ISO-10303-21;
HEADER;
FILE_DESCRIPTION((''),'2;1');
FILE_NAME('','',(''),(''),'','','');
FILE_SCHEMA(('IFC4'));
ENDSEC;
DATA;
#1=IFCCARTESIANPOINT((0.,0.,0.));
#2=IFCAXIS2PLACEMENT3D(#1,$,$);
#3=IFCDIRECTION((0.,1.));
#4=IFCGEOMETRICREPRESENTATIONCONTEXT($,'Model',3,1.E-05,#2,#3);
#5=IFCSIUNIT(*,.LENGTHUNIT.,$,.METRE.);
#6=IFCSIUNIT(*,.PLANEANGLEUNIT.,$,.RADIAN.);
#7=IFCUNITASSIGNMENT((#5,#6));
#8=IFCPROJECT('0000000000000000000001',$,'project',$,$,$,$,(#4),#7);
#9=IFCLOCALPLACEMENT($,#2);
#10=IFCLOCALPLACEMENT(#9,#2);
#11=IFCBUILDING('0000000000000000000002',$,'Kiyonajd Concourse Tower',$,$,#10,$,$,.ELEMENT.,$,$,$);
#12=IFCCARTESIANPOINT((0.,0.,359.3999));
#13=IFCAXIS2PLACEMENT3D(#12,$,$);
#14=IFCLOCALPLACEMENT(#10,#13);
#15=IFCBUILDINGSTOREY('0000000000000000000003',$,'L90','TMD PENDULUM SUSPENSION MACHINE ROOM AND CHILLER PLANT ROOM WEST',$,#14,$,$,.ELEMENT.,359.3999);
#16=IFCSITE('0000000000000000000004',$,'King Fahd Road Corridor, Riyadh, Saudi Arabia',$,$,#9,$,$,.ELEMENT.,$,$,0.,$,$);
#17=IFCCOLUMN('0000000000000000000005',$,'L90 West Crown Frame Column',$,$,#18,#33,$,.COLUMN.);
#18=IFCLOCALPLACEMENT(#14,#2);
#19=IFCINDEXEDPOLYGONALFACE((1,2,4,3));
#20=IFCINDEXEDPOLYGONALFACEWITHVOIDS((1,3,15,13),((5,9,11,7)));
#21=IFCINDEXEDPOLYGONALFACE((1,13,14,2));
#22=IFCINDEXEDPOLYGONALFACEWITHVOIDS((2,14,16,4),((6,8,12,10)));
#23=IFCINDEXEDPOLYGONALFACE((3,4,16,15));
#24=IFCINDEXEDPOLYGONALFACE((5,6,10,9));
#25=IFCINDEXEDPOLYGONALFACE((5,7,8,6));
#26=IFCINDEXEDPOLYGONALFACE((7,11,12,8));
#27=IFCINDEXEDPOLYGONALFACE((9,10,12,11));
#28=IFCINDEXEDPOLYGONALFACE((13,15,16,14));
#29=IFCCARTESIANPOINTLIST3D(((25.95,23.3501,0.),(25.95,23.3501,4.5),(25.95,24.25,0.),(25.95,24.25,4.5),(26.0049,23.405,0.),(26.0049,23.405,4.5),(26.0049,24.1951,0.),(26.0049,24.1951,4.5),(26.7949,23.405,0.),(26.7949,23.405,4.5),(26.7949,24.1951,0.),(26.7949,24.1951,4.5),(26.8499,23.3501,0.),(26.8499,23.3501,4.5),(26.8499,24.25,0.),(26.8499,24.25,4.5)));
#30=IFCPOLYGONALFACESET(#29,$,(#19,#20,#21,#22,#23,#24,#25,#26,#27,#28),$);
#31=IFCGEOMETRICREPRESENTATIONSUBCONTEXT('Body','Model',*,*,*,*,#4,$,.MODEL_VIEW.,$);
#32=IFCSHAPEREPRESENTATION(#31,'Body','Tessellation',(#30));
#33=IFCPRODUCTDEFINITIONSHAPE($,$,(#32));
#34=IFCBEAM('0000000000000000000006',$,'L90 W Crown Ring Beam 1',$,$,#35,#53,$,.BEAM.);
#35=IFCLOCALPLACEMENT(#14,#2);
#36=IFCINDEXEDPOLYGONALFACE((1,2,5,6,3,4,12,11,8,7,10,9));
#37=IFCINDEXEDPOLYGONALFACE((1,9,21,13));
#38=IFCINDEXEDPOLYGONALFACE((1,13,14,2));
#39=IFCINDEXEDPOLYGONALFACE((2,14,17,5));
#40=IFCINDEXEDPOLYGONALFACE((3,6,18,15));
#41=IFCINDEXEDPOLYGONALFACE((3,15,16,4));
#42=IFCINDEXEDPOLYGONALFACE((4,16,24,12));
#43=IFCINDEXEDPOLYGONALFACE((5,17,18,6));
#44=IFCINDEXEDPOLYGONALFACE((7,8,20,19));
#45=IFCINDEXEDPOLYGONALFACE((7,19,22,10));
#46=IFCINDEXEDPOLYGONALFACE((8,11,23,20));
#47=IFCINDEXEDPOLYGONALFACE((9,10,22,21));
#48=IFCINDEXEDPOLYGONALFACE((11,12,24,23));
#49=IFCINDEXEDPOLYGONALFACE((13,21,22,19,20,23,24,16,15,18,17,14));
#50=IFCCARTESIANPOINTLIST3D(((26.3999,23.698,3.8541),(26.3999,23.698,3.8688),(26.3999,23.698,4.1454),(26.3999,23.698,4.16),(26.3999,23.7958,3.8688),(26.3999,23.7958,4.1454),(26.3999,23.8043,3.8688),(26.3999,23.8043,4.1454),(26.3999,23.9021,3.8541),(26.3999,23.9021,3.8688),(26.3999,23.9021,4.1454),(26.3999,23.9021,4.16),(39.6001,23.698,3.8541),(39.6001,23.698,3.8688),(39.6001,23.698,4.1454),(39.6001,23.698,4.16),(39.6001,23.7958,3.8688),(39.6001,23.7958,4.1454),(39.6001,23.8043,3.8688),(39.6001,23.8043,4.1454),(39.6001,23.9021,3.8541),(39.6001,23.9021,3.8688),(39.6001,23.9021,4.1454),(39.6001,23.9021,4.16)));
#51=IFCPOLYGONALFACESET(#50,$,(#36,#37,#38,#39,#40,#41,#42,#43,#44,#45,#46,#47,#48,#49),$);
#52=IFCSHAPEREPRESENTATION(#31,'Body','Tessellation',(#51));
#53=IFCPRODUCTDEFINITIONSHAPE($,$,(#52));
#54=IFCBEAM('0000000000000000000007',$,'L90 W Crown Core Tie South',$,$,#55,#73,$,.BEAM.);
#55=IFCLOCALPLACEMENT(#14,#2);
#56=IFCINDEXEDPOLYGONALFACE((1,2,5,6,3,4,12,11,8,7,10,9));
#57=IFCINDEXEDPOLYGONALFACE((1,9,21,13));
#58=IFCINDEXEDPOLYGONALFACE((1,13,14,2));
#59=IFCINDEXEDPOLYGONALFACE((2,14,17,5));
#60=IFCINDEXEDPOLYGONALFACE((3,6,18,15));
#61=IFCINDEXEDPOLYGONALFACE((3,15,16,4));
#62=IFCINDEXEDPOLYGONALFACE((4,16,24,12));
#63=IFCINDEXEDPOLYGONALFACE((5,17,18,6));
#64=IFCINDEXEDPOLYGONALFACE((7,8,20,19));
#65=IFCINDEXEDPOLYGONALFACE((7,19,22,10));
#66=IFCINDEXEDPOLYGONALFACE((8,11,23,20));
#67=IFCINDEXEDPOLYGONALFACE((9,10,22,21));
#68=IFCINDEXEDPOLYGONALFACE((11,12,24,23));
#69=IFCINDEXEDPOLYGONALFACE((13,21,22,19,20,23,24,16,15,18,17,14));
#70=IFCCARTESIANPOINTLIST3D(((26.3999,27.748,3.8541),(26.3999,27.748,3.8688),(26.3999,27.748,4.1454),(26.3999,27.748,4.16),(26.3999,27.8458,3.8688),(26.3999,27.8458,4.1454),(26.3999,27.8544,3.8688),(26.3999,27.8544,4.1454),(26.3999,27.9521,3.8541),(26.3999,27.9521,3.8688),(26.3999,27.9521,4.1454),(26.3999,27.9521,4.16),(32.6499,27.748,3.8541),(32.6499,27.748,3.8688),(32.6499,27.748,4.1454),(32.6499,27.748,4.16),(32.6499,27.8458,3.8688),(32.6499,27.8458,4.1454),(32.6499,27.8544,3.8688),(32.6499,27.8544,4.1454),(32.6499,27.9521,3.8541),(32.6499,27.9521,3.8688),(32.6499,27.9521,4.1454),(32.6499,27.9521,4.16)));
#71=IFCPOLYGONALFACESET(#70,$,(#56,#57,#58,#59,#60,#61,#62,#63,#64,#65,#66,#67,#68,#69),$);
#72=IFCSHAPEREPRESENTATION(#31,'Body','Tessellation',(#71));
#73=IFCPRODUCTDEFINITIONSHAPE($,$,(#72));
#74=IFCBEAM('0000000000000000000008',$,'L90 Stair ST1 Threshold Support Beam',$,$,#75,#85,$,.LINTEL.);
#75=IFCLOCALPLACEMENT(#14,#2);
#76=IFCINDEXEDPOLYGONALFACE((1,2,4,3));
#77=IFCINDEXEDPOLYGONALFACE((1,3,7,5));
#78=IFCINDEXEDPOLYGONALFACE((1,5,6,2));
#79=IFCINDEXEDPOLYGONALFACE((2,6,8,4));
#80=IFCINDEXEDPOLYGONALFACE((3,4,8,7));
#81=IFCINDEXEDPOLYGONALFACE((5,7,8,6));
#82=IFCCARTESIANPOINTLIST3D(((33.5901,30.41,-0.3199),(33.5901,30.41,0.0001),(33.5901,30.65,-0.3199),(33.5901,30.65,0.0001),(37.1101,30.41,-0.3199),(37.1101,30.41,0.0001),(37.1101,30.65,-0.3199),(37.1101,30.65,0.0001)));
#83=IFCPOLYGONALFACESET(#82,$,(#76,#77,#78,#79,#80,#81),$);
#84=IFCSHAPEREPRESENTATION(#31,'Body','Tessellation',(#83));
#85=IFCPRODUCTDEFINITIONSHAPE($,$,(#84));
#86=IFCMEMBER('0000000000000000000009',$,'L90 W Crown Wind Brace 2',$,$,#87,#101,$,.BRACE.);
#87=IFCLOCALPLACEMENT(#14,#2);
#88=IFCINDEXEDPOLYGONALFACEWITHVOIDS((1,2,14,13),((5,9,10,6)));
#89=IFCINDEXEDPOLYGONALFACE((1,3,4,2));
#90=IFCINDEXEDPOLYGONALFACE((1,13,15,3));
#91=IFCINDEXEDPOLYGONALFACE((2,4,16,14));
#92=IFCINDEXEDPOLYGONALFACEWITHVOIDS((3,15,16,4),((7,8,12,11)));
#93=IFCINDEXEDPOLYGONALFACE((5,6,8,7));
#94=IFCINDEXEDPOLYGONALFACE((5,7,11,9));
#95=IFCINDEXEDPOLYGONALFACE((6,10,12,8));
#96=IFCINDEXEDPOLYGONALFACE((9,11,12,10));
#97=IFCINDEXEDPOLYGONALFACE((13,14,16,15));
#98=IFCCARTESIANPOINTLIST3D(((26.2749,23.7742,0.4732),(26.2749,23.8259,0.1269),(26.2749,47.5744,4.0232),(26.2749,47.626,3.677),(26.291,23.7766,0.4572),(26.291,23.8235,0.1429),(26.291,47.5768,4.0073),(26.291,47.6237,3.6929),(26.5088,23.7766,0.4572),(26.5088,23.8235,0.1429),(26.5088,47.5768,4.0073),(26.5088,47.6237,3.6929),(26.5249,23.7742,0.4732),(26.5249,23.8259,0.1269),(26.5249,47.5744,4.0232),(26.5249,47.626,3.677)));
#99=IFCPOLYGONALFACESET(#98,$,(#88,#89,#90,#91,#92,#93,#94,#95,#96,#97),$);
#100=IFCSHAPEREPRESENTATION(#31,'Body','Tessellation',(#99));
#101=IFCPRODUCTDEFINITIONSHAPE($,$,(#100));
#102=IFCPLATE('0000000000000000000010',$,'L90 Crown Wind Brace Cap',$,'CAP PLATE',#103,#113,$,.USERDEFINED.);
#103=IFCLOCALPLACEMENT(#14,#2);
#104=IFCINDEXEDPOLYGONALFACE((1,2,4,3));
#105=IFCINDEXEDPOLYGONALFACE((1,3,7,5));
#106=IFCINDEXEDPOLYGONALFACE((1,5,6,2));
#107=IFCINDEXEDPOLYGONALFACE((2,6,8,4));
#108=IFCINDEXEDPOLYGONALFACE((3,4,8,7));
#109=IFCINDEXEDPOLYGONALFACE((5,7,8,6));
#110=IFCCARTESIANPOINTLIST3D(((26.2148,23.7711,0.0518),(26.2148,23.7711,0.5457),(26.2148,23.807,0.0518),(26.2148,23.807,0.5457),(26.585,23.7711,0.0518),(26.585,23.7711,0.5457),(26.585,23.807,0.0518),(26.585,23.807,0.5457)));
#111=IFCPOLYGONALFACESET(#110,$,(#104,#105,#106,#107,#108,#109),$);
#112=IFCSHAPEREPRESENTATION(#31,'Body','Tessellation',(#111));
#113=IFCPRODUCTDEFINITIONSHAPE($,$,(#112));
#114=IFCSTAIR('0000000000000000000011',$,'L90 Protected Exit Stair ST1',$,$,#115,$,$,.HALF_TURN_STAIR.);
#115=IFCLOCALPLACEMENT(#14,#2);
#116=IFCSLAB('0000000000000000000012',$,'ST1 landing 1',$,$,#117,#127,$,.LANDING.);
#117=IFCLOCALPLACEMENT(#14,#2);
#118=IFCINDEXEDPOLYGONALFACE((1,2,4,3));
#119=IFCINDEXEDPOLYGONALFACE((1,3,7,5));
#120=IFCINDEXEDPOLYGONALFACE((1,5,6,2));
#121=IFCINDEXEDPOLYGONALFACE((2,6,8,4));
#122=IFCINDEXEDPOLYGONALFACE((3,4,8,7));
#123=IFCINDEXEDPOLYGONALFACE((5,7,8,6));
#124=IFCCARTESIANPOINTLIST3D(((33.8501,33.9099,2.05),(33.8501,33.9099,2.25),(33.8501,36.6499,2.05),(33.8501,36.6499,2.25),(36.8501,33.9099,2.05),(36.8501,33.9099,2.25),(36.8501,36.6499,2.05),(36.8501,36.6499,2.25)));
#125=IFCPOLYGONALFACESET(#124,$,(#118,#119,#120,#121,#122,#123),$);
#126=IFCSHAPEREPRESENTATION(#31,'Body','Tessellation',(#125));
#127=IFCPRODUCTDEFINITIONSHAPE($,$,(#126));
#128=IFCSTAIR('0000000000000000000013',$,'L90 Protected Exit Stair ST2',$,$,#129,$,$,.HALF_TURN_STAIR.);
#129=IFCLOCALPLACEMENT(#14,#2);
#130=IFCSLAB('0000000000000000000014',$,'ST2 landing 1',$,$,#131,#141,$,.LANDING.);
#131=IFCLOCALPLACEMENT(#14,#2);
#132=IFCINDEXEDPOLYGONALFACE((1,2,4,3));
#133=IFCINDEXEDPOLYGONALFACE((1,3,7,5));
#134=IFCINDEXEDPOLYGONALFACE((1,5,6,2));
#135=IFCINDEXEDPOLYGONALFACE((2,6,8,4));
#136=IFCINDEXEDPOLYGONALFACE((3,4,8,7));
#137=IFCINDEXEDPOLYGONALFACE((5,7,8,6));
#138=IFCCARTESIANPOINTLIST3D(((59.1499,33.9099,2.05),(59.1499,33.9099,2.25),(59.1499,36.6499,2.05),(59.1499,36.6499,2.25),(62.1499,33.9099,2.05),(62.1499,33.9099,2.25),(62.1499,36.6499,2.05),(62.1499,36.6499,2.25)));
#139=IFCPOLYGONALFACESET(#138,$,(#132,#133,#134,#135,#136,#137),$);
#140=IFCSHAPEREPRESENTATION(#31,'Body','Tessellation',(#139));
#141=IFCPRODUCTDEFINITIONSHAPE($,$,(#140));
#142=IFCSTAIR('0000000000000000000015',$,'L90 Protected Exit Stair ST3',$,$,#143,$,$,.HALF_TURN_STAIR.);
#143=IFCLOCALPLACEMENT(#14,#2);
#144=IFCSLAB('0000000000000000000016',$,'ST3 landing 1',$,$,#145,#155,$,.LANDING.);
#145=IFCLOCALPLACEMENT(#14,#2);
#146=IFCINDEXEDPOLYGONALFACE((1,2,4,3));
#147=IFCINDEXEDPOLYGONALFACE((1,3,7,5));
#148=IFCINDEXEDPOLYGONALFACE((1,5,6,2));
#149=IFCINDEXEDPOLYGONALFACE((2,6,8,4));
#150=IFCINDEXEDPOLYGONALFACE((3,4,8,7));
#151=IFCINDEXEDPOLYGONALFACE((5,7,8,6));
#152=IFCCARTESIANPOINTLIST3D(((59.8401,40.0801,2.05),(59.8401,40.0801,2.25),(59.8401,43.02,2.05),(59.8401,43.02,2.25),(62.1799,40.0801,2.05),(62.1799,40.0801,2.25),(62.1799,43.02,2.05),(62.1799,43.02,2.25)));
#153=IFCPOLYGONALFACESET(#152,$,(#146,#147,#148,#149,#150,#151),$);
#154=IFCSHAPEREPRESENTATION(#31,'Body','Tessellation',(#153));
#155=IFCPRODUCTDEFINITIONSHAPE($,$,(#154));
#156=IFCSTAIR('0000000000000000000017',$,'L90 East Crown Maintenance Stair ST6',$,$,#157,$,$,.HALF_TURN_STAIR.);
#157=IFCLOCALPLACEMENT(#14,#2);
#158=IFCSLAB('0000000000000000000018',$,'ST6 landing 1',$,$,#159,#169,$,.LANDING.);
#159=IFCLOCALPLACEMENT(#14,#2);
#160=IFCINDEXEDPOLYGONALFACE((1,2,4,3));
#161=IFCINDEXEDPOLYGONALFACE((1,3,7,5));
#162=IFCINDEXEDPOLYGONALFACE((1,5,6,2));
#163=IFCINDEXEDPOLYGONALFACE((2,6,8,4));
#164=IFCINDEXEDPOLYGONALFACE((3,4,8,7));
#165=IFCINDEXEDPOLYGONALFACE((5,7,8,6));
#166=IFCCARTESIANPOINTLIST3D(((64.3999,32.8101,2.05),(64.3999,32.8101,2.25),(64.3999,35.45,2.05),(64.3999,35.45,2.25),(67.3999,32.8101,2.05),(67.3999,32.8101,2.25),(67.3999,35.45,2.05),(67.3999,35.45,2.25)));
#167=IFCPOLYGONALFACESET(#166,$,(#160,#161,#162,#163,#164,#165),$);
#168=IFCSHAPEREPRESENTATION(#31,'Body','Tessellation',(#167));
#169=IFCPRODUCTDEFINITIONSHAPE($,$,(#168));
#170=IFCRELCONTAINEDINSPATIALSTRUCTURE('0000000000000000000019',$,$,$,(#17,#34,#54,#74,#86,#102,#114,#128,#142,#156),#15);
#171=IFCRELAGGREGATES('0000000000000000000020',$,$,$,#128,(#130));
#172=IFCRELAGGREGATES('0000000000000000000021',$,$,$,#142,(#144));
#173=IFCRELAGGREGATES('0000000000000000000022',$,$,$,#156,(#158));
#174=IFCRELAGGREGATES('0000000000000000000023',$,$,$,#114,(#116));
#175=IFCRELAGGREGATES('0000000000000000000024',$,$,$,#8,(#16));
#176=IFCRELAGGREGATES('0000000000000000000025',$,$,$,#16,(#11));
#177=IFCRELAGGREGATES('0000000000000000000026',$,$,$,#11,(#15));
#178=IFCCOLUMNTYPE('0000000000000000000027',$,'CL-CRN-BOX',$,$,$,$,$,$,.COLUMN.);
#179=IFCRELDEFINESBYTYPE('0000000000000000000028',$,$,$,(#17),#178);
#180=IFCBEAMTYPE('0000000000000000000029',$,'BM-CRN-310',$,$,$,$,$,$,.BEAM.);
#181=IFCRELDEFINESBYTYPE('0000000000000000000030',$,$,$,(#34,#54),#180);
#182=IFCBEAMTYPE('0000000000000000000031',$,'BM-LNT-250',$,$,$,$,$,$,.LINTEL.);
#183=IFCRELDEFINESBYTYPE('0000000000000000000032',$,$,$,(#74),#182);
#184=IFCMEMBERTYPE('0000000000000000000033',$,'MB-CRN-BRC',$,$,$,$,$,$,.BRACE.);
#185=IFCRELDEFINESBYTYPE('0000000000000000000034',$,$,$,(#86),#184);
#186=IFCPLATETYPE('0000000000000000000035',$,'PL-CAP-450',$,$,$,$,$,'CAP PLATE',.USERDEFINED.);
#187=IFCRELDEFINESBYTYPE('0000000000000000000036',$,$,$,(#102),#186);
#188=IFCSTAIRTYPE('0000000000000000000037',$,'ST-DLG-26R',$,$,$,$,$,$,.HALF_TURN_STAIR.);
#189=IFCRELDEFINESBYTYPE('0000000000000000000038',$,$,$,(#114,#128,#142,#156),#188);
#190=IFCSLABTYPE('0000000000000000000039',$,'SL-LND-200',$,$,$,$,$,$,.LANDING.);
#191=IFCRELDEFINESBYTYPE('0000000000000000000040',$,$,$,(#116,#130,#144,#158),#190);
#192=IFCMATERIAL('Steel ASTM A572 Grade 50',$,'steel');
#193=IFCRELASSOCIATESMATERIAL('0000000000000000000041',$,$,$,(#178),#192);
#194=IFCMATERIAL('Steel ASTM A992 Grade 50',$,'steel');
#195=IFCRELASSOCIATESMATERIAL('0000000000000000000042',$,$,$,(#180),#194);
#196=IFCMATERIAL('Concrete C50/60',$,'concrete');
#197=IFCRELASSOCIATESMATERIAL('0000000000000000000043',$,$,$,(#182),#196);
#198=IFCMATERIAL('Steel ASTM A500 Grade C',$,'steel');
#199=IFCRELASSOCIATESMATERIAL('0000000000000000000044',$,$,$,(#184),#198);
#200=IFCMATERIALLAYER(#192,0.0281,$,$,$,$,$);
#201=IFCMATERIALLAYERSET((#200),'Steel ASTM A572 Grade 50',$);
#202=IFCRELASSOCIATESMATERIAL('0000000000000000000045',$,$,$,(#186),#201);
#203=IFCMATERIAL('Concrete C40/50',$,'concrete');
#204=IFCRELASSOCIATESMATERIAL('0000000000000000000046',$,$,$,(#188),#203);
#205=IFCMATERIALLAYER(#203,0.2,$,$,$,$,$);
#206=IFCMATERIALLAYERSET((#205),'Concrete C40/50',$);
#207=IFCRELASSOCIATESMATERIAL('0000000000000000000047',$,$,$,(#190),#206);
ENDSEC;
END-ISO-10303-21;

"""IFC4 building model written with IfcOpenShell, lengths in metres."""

from ifc_helpers import new_model, si_unit, direction, frame, origin, origin_2d, place, context, subcontext, project, spatial, polyline, rectangle, hollow_rectangle, i_section, outline, extrude, material, layer, layer_set, material_profile, profile_set, type_object, element, aggregate, save


model = new_model("IFC4")

# Units and contexts
model_context = context("Model", 3, precision=1e-05, world=origin(), true_north=direction((0.0, 1.0)))
body_context = subcontext(model_context, "Body", "Model", "MODEL_VIEW")
ifc_project = project(units=[si_unit("LENGTHUNIT", "METRE"), si_unit("PLANEANGLEUNIT", "RADIAN")], contexts=[model_context])

# Site, building, storey
site_placement = place(None, origin())
site = spatial("IfcSite", under=ifc_project, at=site_placement, Name="King Fahd Road Corridor, Riyadh, Saudi Arabia", CompositionType="ELEMENT", RefElevation=0.0)
building_placement = place(site_placement, origin())
building = spatial("IfcBuilding", under=site, at=building_placement, Name="Kiyonajd Concourse Tower", CompositionType="ELEMENT")
storey_placement = place(building_placement, frame((0.0, 0.0, 359.3999)))
storey = spatial("IfcBuildingStorey", under=building, at=storey_placement, Name="L90", Description="TMD PENDULUM SUSPENSION MACHINE ROOM AND CHILLER PLANT ROOM WEST", CompositionType="ELEMENT", Elevation=359.3999)

# Column
ifc_material_1 = material(Name="Steel ASTM A572 Grade 50", Category="steel")
ifc_material_profile_1 = material_profile(ifc_material_1, hollow_rectangle(XDim=0.8999, YDim=0.8999, WallThickness=0.0549, at=origin_2d()), Name="BOX-900x900x55")
ifc_profile_set_1 = profile_set([ifc_material_profile_1], Name="Steel ASTM A572 Grade 50")
column_type = type_object("IfcColumnType", Name="CL-CRN-BOX", PredefinedType="COLUMN", material=ifc_profile_set_1)
column_placement = place(storey_placement, frame((26.3999, 23.8, 0.0), z_axis=(0.0, 0.0, 1.0), x_axis=(1.0, 0.0, 0.0)))
element("IfcColumn", 1, at=column_placement, inside=storey, type_object=column_type, Name="L90 West Crown Frame Column", PredefinedType="COLUMN", context=body_context, shape_type="SweptSolid", body=[
    extrude(hollow_rectangle(XDim=0.8999, YDim=0.8999, WallThickness=0.0549, at=origin_2d()), origin(), (0.0, 0.0, 1.0), 4.5),
])

# Beams
ifc_material_2 = material(Name="Steel ASTM A992 Grade 50", Category="steel")
ifc_material_profile_2 = material_profile(ifc_material_2, i_section(OverallWidth=0.2041, OverallDepth=0.3059, WebThickness=0.0085, FlangeThickness=0.0146, at=origin_2d()), Name="W310X67")
ifc_profile_set_2 = profile_set([ifc_material_profile_2], Name="Steel ASTM A992 Grade 50")
beam_type_1 = type_object("IfcBeamType", Name="BM-CRN-310", PredefinedType="BEAM", material=ifc_profile_set_2)
beam_1_placement = place(storey_placement, frame((26.3999, 23.8, 4.0071), z_axis=(1.0, 0.0, 0.0), x_axis=(0.0, 1.0, 0.0)))
element("IfcBeam", 2, at=beam_1_placement, inside=storey, type_object=beam_type_1, Name="L90 W Crown Ring Beam 1", PredefinedType="BEAM", context=body_context, shape_type="SweptSolid", body=[
    extrude(i_section(OverallWidth=0.2041, OverallDepth=0.3059, WebThickness=0.0085, FlangeThickness=0.0146, at=origin_2d()), origin(), (0.0, 0.0, 1.0), 13.2002),
])
beam_2_placement = place(storey_placement, frame((26.3999, 27.8501, 4.0071), z_axis=(1.0, 0.0, 0.0), x_axis=(0.0, 1.0, 0.0)))
element("IfcBeam", 3, at=beam_2_placement, inside=storey, type_object=beam_type_1, Name="L90 W Crown Core Tie South", PredefinedType="BEAM", context=body_context, shape_type="SweptSolid", body=[
    extrude(i_section(OverallWidth=0.2041, OverallDepth=0.3059, WebThickness=0.0085, FlangeThickness=0.0146, at=origin_2d()), origin(), (0.0, 0.0, 1.0), 6.25),
])
ifc_material_3 = material(Name="Concrete C50/60", Category="concrete")
ifc_material_profile_3 = material_profile(ifc_material_3, rectangle(XDim=0.24, YDim=0.3201, at=origin_2d()), Name="RCBM-240x320")
ifc_profile_set_3 = profile_set([ifc_material_profile_3], Name="Concrete C50/60")
beam_type_2 = type_object("IfcBeamType", Name="BM-LNT-250", PredefinedType="LINTEL", material=ifc_profile_set_3)
beam_3_placement = place(storey_placement, frame((33.5901, 30.53, -0.1599), z_axis=(1.0, 0.0, 0.0), x_axis=(0.0, 1.0, 0.0)))
element("IfcBeam", 4, at=beam_3_placement, inside=storey, type_object=beam_type_2, Name="L90 Stair ST1 Threshold Support Beam", PredefinedType="LINTEL", context=body_context, shape_type="SweptSolid", body=[
    extrude(rectangle(XDim=0.24, YDim=0.3201, at=origin_2d()), origin(), (0.0, 0.0, 1.0), 3.52),
])

# Member
ifc_material_4 = material(Name="Steel ASTM A500 Grade C", Category="steel")
ifc_material_profile_4 = material_profile(ifc_material_4, hollow_rectangle(XDim=0.25, YDim=0.3501, WallThickness=0.0161, at=origin_2d()), Name="HSS-350x250x16")
ifc_profile_set_4 = profile_set([ifc_material_profile_4], Name="Steel ASTM A500 Grade C")
member_type = type_object("IfcMemberType", Name="MB-CRN-BRC", PredefinedType="BRACE", material=ifc_profile_set_4)
member_placement = place(storey_placement, frame((26.3999, 23.8, 0.3), z_axis=(0.0, 0.989058, 0.147529), x_axis=(-1.0, 0.0, 0.0)))
element("IfcMember", 5, at=member_placement, inside=storey, type_object=member_type, Name="L90 W Crown Wind Brace 2", PredefinedType="BRACE", context=body_context, shape_type="SweptSolid", body=[
    extrude(hollow_rectangle(XDim=0.25, YDim=0.3501, WallThickness=0.0161, at=origin_2d()), origin(), (0.0, 0.0, 1.0), 24.0635),
])

# Plate
ifc_layer_1 = layer(ifc_material_1, 0.0281)
ifc_layer_set_1 = layer_set([ifc_layer_1], Name="Steel ASTM A572 Grade 50")
plate_type = type_object("IfcPlateType", Name="PL-CAP-450", ElementType="CAP PLATE", PredefinedType="USERDEFINED", material=ifc_layer_set_1)
plate_placement = place(storey_placement, frame((26.3999, 23.7891, 0.0518), z_axis=(0.0, 0.0, 1.0), x_axis=(0.0, -1.0, 0.0)))
element("IfcPlate", 6, at=plate_placement, inside=storey, type_object=plate_type, Name="L90 Crown Wind Brace Cap", ObjectType="CAP PLATE", PredefinedType="USERDEFINED", context=body_context, shape_type="SweptSolid", body=[
    extrude(rectangle(XDim=0.0359, YDim=0.3701, at=origin_2d()), origin(), (0.0, 0.0, 1.0), 0.4939),
])

# Stairs, slabs
ifc_material_5 = material(Name="Concrete C40/50", Category="concrete")
stair_type = type_object("IfcStairType", Name="ST-DLG-26R", PredefinedType="HALF_TURN_STAIR", material=ifc_material_5)
stair_1_placement = place(storey_placement, origin())
stair_1 = element("IfcStair", 7, at=stair_1_placement, inside=storey, type_object=stair_type, Name="L90 Protected Exit Stair ST1", PredefinedType="HALF_TURN_STAIR")
ifc_layer_2 = layer(ifc_material_5, 0.2)
ifc_layer_set_2 = layer_set([ifc_layer_2], Name="Concrete C40/50")
slab_type_1 = type_object("IfcSlabType", Name="SL-LND-200", PredefinedType="LANDING", material=ifc_layer_set_2)
slab_1_placement = place(storey_placement, frame((0.0, 0.0, 2.05)))
slab_1 = element("IfcSlab", 8, at=slab_1_placement, type_object=slab_type_1, Name="ST1 landing 1", PredefinedType="LANDING", context=body_context, shape_type="SweptSolid", body=[
    extrude(outline(polyline([(36.8501, 33.9099), (36.8501, 36.6499), (33.8501, 36.6499), (33.8501, 33.9099), (36.8501, 33.9099)])), origin(), (0.0, 0.0, 1.0), 0.2),
])
stair_2_placement = place(storey_placement, origin())
stair_2 = element("IfcStair", 9, at=stair_2_placement, inside=storey, type_object=stair_type, Name="L90 Protected Exit Stair ST2", PredefinedType="HALF_TURN_STAIR")
slab_2_placement = place(storey_placement, frame((0.0, 0.0, 2.05)))
slab_2 = element("IfcSlab", 10, at=slab_2_placement, type_object=slab_type_1, Name="ST2 landing 1", PredefinedType="LANDING", context=body_context, shape_type="SweptSolid", body=[
    extrude(outline(polyline([(62.1499, 33.9099), (62.1499, 36.6499), (59.1499, 36.6499), (59.1499, 33.9099), (62.1499, 33.9099)])), origin(), (0.0, 0.0, 1.0), 0.2),
])
aggregate(stair_2, [slab_2])
stair_3_placement = place(storey_placement, origin())
stair_3 = element("IfcStair", 11, at=stair_3_placement, inside=storey, type_object=stair_type, Name="L90 Protected Exit Stair ST3", PredefinedType="HALF_TURN_STAIR")
slab_3_placement = place(storey_placement, frame((0.0, 0.0, 2.05)))
slab_3 = element("IfcSlab", 12, at=slab_3_placement, type_object=slab_type_1, Name="ST3 landing 1", PredefinedType="LANDING", context=body_context, shape_type="SweptSolid", body=[
    extrude(outline(polyline([(59.8401, 40.0801), (62.1799, 40.0801), (62.1799, 43.02), (59.8401, 43.02), (59.8401, 40.0801)])), origin(), (0.0, 0.0, 1.0), 0.2),
])
aggregate(stair_3, [slab_3])
stair_4_placement = place(storey_placement, origin())
stair_4 = element("IfcStair", 13, at=stair_4_placement, inside=storey, type_object=stair_type, Name="L90 East Crown Maintenance Stair ST6", PredefinedType="HALF_TURN_STAIR")
slab_4_placement = place(storey_placement, frame((0.0, 0.0, 2.05)))
slab_4 = element("IfcSlab", 14, at=slab_4_placement, type_object=slab_type_1, Name="ST6 landing 1", PredefinedType="LANDING", context=body_context, shape_type="SweptSolid", body=[
    extrude(outline(polyline([(67.3999, 32.8101), (67.3999, 35.45), (64.3999, 35.45), (64.3999, 32.8101), (67.3999, 32.8101)])), origin(), (0.0, 0.0, 1.0), 0.2),
])
aggregate(stair_4, [slab_4])

aggregate(stair_1, [slab_1])

save(model, "model.ifc")
